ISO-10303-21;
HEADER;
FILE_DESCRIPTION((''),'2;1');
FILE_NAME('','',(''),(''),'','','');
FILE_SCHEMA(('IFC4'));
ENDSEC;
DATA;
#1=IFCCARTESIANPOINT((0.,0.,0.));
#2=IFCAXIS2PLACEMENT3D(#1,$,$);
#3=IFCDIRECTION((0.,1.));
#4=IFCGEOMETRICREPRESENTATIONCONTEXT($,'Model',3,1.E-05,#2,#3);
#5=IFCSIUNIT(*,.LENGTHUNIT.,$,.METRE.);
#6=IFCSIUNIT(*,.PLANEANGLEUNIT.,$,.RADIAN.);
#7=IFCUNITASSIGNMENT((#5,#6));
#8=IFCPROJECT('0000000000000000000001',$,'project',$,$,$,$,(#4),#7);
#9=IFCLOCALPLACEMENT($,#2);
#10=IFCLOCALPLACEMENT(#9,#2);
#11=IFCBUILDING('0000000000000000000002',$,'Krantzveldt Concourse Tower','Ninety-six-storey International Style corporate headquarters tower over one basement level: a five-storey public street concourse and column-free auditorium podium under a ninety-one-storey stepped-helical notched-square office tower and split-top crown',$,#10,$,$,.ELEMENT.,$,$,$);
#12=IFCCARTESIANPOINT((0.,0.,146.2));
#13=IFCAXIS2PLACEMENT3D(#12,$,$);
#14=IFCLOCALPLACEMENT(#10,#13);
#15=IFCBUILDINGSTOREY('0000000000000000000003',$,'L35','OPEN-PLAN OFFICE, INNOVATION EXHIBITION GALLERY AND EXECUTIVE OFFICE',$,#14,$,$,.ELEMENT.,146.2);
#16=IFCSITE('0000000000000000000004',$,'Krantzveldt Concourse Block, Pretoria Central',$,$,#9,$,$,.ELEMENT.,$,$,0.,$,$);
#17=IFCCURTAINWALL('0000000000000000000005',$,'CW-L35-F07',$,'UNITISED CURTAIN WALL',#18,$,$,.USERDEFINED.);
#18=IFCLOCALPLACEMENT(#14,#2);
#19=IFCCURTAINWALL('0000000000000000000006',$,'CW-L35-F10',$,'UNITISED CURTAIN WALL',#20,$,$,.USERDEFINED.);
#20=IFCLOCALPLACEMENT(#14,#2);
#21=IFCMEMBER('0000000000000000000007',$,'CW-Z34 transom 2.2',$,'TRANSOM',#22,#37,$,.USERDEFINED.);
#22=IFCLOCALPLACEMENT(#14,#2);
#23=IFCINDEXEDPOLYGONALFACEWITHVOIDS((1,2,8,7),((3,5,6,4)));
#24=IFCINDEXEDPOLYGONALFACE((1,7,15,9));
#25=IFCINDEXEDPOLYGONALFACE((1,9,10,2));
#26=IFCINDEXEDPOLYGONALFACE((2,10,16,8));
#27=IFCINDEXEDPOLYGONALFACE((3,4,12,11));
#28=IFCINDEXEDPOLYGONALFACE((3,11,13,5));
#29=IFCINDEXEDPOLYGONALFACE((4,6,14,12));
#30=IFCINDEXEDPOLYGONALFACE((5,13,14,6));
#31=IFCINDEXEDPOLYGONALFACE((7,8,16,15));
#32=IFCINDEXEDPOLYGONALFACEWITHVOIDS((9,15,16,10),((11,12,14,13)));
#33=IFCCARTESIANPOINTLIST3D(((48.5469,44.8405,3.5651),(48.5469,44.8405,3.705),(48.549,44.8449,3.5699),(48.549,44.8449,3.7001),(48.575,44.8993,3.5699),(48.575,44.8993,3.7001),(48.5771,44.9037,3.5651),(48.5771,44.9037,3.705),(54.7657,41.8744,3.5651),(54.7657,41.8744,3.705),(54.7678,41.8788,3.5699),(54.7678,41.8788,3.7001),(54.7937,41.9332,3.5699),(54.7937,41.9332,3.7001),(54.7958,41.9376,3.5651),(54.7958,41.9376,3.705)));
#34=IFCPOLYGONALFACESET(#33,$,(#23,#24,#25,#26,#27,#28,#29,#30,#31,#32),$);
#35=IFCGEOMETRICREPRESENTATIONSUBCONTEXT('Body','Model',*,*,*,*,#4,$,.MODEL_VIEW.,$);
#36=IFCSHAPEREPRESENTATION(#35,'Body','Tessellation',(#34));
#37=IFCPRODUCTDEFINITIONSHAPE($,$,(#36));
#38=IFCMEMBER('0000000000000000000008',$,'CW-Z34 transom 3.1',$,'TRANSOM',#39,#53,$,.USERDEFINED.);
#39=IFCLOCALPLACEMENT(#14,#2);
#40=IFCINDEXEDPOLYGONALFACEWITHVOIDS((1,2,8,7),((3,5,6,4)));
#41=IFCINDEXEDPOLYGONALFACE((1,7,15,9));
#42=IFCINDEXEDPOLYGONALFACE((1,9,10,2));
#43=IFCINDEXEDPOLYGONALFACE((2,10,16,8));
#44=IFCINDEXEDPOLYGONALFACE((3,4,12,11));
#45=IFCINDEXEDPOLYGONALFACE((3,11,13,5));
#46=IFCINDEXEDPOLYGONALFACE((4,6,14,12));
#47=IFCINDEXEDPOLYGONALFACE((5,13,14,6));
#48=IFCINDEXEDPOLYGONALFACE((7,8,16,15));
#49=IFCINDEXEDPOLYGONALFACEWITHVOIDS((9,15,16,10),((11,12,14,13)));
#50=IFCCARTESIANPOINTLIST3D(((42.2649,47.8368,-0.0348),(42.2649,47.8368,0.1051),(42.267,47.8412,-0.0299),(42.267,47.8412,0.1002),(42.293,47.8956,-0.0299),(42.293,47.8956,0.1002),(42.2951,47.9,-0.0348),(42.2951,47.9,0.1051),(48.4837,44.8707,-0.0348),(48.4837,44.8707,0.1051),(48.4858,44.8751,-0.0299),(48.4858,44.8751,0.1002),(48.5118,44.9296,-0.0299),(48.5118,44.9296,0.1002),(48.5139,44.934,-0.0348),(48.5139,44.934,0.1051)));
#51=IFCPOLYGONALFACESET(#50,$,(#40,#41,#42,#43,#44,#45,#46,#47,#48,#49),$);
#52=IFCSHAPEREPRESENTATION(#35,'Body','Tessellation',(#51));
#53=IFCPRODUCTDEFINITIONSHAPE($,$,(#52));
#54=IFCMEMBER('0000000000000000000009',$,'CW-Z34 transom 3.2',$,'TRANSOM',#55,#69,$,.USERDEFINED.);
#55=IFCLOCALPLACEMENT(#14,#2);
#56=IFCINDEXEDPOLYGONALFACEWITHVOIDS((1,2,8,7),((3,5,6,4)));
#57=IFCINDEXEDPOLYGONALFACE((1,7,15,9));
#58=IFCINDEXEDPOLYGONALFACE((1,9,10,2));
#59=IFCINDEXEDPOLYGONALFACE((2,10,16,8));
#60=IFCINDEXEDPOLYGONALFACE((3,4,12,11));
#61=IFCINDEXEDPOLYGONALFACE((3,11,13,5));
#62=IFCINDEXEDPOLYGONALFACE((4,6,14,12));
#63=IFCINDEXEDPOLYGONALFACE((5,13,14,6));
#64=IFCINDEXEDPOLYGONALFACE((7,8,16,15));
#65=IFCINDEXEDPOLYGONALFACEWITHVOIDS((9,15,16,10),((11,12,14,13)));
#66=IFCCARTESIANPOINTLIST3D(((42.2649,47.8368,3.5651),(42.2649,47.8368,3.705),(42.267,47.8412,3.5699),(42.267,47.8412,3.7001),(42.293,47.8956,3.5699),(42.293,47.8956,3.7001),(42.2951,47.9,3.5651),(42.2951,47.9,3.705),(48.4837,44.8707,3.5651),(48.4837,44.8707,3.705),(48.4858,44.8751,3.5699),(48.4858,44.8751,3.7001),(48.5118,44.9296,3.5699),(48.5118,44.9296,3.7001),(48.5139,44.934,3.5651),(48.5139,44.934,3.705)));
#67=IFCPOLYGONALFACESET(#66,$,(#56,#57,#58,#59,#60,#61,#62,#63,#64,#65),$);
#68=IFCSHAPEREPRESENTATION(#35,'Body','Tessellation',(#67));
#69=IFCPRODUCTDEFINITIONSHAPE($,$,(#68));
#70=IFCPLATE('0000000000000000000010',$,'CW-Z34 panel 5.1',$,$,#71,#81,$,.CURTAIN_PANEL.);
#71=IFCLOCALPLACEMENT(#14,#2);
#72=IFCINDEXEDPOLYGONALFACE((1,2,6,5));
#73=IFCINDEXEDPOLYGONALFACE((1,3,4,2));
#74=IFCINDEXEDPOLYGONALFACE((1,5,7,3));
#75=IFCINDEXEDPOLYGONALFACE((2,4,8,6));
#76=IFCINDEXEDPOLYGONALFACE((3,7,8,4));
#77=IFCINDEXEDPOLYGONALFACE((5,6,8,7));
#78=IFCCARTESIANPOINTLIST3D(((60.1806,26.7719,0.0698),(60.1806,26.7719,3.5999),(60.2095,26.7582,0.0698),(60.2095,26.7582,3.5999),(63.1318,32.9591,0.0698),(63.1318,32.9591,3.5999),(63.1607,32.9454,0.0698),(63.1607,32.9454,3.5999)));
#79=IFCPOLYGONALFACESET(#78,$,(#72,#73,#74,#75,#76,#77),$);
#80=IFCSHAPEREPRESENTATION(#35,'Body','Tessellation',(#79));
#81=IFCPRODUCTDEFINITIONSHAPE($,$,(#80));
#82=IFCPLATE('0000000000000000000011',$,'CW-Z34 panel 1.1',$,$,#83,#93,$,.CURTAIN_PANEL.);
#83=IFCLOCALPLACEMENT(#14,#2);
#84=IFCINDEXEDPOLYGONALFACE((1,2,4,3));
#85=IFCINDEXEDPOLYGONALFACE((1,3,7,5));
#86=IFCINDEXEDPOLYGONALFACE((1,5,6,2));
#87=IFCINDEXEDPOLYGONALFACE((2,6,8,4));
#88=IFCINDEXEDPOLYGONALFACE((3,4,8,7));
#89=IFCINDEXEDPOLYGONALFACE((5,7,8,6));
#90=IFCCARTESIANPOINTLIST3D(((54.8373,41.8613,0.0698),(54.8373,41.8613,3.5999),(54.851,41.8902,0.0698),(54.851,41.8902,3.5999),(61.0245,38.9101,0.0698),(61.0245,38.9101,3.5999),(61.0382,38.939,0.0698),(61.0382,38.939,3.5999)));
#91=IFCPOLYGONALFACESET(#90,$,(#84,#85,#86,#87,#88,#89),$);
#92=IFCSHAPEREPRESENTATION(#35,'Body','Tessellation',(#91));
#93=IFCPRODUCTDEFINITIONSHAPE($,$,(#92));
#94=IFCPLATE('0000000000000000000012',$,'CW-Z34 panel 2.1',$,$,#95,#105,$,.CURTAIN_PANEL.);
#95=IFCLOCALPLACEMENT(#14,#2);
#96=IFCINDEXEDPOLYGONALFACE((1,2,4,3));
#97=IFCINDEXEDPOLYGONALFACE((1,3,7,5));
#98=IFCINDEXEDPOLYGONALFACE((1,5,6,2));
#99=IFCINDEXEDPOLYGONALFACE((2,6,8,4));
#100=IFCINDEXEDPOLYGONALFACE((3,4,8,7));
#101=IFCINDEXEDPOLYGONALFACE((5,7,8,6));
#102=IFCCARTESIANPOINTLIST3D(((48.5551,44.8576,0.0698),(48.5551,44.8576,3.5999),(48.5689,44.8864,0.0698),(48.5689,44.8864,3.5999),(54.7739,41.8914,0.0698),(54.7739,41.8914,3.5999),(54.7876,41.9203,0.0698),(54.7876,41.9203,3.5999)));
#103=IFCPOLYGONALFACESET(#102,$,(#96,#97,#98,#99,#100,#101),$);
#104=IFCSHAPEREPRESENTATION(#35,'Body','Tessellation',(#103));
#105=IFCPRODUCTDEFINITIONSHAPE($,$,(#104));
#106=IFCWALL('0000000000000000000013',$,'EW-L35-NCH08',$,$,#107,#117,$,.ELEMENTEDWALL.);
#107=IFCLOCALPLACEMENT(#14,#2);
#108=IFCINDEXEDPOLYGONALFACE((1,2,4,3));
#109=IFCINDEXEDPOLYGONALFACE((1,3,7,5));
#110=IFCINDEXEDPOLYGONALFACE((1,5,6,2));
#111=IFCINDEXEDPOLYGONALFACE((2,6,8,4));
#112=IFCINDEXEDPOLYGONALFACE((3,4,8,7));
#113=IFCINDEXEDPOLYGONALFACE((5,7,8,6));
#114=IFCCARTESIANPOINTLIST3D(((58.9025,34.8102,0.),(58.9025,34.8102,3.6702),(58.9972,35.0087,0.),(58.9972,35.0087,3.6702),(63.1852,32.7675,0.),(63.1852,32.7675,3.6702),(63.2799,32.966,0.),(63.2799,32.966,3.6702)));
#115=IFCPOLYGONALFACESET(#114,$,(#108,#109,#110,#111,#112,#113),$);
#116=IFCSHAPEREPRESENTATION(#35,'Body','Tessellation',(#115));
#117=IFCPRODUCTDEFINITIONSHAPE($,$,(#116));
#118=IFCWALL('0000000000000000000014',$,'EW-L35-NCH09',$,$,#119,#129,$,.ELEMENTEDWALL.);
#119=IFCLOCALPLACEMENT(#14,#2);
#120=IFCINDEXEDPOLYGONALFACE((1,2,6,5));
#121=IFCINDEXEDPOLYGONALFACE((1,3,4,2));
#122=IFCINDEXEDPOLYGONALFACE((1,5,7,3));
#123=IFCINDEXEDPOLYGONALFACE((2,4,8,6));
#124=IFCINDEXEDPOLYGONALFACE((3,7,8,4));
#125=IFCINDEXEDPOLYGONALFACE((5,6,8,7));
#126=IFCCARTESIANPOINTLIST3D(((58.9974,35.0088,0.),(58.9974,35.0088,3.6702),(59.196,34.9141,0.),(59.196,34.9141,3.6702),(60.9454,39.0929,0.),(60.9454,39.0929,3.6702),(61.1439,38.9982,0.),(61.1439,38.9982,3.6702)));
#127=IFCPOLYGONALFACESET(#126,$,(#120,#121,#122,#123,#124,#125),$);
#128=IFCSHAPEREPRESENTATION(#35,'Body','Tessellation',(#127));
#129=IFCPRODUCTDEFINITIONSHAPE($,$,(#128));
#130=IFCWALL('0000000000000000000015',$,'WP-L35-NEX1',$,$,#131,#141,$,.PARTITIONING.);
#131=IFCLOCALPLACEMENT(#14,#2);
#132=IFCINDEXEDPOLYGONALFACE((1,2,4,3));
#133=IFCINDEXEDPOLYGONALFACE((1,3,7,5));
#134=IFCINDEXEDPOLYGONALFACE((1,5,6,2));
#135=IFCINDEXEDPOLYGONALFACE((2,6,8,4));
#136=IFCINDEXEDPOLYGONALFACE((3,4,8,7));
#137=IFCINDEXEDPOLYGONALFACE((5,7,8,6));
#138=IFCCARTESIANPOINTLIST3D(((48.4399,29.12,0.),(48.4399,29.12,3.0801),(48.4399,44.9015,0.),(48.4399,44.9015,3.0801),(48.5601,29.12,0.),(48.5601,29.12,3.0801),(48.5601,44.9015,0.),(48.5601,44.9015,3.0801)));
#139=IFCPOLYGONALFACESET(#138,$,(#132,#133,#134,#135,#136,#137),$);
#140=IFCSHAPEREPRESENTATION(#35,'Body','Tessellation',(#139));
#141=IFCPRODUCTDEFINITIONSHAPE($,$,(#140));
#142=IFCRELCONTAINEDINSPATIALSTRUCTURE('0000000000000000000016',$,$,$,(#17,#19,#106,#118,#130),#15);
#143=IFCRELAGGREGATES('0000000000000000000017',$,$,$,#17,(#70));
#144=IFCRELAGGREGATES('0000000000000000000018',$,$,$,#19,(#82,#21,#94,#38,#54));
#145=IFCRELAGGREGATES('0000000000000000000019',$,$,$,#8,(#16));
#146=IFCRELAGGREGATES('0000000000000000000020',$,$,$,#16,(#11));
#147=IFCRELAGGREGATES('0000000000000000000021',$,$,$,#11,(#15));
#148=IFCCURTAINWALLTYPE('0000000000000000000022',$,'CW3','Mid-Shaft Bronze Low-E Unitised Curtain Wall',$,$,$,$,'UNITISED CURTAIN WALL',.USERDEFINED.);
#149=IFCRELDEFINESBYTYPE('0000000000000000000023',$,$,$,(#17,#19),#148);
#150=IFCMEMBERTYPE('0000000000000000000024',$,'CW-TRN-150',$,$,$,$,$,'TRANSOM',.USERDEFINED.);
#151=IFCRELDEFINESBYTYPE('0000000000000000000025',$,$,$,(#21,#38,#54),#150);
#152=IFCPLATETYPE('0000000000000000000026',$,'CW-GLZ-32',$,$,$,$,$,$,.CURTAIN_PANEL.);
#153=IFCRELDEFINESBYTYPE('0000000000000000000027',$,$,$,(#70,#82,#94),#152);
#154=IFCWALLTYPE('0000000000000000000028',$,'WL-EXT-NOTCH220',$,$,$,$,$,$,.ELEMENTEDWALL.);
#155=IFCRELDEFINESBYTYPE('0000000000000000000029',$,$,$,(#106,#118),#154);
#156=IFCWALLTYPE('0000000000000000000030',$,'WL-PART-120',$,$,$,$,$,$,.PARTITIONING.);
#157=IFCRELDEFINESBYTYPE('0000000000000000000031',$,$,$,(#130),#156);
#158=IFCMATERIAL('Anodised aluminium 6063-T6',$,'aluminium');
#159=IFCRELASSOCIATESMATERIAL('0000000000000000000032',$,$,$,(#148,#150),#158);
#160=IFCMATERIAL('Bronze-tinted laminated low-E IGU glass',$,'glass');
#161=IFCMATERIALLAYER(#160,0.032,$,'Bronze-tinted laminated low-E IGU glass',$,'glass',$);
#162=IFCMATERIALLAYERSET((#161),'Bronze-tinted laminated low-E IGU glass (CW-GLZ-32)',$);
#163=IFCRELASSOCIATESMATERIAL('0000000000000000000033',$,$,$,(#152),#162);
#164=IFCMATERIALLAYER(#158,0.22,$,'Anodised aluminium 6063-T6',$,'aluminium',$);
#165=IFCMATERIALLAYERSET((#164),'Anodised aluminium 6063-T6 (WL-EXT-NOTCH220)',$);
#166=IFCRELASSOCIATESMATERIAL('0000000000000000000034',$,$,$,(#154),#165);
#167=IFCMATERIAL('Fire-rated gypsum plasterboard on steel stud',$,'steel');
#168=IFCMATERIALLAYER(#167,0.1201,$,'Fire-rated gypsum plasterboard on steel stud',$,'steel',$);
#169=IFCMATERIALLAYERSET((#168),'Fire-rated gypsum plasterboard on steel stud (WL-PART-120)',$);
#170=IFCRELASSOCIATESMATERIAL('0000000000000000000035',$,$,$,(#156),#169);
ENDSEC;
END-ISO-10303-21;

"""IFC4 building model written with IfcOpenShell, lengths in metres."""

from ifc_helpers import new_model, si_unit, direction, frame, frame_2d, origin, origin_2d, place, context, subcontext, project, spatial, rectangle, hollow_rectangle, extrude, source, transform, mapped, material, layer, layer_set, material_profile, profile_set, type_object, type_shapes, element, aggregate, save


model = new_model("IFC4")

# Units and contexts
model_context = context("Model", 3, precision=1e-05, world=origin(), true_north=direction((0.0, 1.0)))
body_context = subcontext(model_context, "Body", "Model", "MODEL_VIEW")
ifc_project = project(units=[si_unit("LENGTHUNIT", "METRE"), si_unit("PLANEANGLEUNIT", "RADIAN")], contexts=[model_context])

# Site, building, storey
site_placement = place(None, origin())
site = spatial("IfcSite", under=ifc_project, at=site_placement, Name="Krantzveldt Concourse Block, Pretoria Central", CompositionType="ELEMENT", RefElevation=0.0)
building_placement = place(site_placement, origin())
building = spatial("IfcBuilding", under=site, at=building_placement, Name="Krantzveldt Concourse Tower", Description="Ninety-six-storey International Style corporate headquarters tower over one basement level: a five-storey public street concourse and column-free auditorium podium under a ninety-one-storey stepped-helical notched-square office tower and split-top crown", CompositionType="ELEMENT")
storey_placement = place(building_placement, frame((0.0, 0.0, 146.2)))
storey = spatial("IfcBuildingStorey", under=building, at=storey_placement, Name="L35", Description="OPEN-PLAN OFFICE, INNOVATION EXHIBITION GALLERY AND EXECUTIVE OFFICE", CompositionType="ELEMENT", Elevation=146.2)

# Curtain walls
ifc_material_1 = material(Name="Anodised aluminium 6063-T6", Category="aluminium")
curtain_wall_type = type_object("IfcCurtainWallType", Name="CW3", Description="Mid-Shaft Bronze Low-E Unitised Curtain Wall", ElementType="UNITISED CURTAIN WALL", PredefinedType="USERDEFINED", material=ifc_material_1)
curtain_wall_1_placement = place(storey_placement, origin())
curtain_wall_1 = element("IfcCurtainWall", 1, at=curtain_wall_1_placement, inside=storey, type_object=curtain_wall_type, Name="CW-L35-F07", ObjectType="UNITISED CURTAIN WALL", PredefinedType="USERDEFINED")
curtain_wall_2_placement = place(storey_placement, origin())
curtain_wall_2 = element("IfcCurtainWall", 2, at=curtain_wall_2_placement, inside=storey, type_object=curtain_wall_type, Name="CW-L35-F10", ObjectType="UNITISED CURTAIN WALL", PredefinedType="USERDEFINED")

# Members
ifc_material_profile_1 = material_profile(ifc_material_1, hollow_rectangle(XDim=0.0701, YDim=0.1399, WallThickness=0.0049, at=origin_2d()), Name="Anodised aluminium 6063-T6", Category="aluminium")
ifc_profile_set_1 = profile_set([ifc_material_profile_1], Name="Anodised aluminium 6063-T6 - ALU-TRAN 140x70x5")
member_type_1 = type_object("IfcMemberType", Name="CW-TRN-150", ElementType="TRANSOM", PredefinedType="USERDEFINED", material=ifc_profile_set_1)
shared_shape_1 = source(origin(), body_context, "Body", "SweptSolid", [
    extrude(hollow_rectangle(XDim=0.0701, YDim=0.1399, WallThickness=0.0049, at=origin_2d()), origin(), (0.0, 0.0, 1.0), 6.8899),
])
member_1_placement = place(storey_placement, frame((54.7808, 41.906, 3.635), z_axis=(-0.902592, 0.430496, 0.0), x_axis=(-0.430496, -0.902592, 0.0)))
member_1 = element("IfcMember", 3, at=member_1_placement, type_object=member_type_1, Name="CW-Z34 transom 2.2", ObjectType="TRANSOM", PredefinedType="USERDEFINED", context=body_context, shape_type="MappedRepresentation", body=[
    mapped(shared_shape_1, transform((0.0, 0.0, 0.0), x_axis=(1.0, 0.0, 0.0), y_axis=(0.0, 1.0, 0.0), z_axis=(0.0, 0.0, 1.0), scale=1.0)),
])
member_2_placement = place(storey_placement, frame((48.4988, 44.9023, 0.0352), z_axis=(-0.902592, 0.430496, 0.0), x_axis=(-0.430496, -0.902592, 0.0)))
member_2 = element("IfcMember", 4, at=member_2_placement, type_object=member_type_1, Name="CW-Z34 transom 3.1", ObjectType="TRANSOM", PredefinedType="USERDEFINED", context=body_context, shape_type="MappedRepresentation", body=[
    mapped(shared_shape_1, transform((0.0, 0.0, 0.0), x_axis=(1.0, 0.0, 0.0), y_axis=(0.0, 1.0, 0.0), z_axis=(0.0, 0.0, 1.0), scale=1.0)),
])
member_3_placement = place(storey_placement, frame((48.4988, 44.9023, 3.635), z_axis=(-0.902592, 0.430496, 0.0), x_axis=(-0.430496, -0.902592, 0.0)))
member_3 = element("IfcMember", 5, at=member_3_placement, type_object=member_type_1, Name="CW-Z34 transom 3.2", ObjectType="TRANSOM", PredefinedType="USERDEFINED", context=body_context, shape_type="MappedRepresentation", body=[
    mapped(shared_shape_1, transform((0.0, 0.0, 0.0), x_axis=(1.0, 0.0, 0.0), y_axis=(0.0, 1.0, 0.0), z_axis=(0.0, 0.0, 1.0), scale=1.0)),
])

# Plates
ifc_material_2 = material(Name="Bronze-tinted laminated low-E IGU glass", Category="glass")
ifc_layer_1 = layer(ifc_material_2, 0.032, Name="Bronze-tinted laminated low-E IGU glass", Category="glass")
ifc_layer_set_1 = layer_set([ifc_layer_1], Name="Bronze-tinted laminated low-E IGU glass (CW-GLZ-32)")
plate_type = type_object("IfcPlateType", Name="CW-GLZ-32", PredefinedType="CURTAIN_PANEL", material=ifc_layer_set_1)
shared_shape_2 = source(origin(), body_context, "Body", "SweptSolid", [
    extrude(rectangle(XDim=6.855, YDim=0.032, at=origin_2d()), origin(), (0.0, 0.0, 1.0), 3.53),
])
plate_1_placement = place(storey_placement, frame((61.6707, 29.8586, 0.0698), z_axis=(0.0, 0.0, 1.0), x_axis=(0.430511, 0.902585, 0.0)))
plate_1 = element("IfcPlate", 6, at=plate_1_placement, type_object=plate_type, Name="CW-Z34 panel 5.1", PredefinedType="CURTAIN_PANEL", context=body_context, shape_type="MappedRepresentation", body=[
    mapped(shared_shape_2, transform((0.0, 0.0, 0.0), x_axis=(1.0, 0.0, 0.0), y_axis=(0.0, 1.0, 0.0), z_axis=(0.0, 0.0, 1.0), scale=1.0)),
])
aggregate(curtain_wall_1, [plate_1])
plate_2_placement = place(storey_placement, frame((57.9377, 40.4001, 0.0698), z_axis=(0.0, 0.0, 1.0), x_axis=(-0.902585, 0.430511, 0.0)))
plate_2 = element("IfcPlate", 7, at=plate_2_placement, type_object=plate_type, Name="CW-Z34 panel 1.1", PredefinedType="CURTAIN_PANEL", context=body_context, shape_type="MappedRepresentation", body=[
    mapped(shared_shape_2, transform((0.0, 0.0, 0.0), x_axis=(1.0, 0.0, 0.0), y_axis=(0.0, 1.0, 0.0), z_axis=(0.0, 0.0, 1.0), scale=1.0)),
])
shared_shape_3 = source(origin(), body_context, "Body", "SweptSolid", [
    extrude(rectangle(XDim=6.8899, YDim=0.032, at=origin_2d()), origin(), (0.0, 0.0, 1.0), 3.53),
])
type_shapes(plate_type, [shared_shape_2, shared_shape_3])
plate_3_placement = place(storey_placement, frame((51.6714, 43.3889, 0.0698), z_axis=(0.0, 0.0, 1.0), x_axis=(-0.902585, 0.430511, 0.0)))
plate_3 = element("IfcPlate", 8, at=plate_3_placement, type_object=plate_type, Name="CW-Z34 panel 2.1", PredefinedType="CURTAIN_PANEL", context=body_context, shape_type="MappedRepresentation", body=[
    mapped(shared_shape_3, transform((0.0, 0.0, 0.0), x_axis=(1.0, 0.0, 0.0), y_axis=(0.0, 1.0, 0.0), z_axis=(0.0, 0.0, 1.0), scale=1.0)),
])
aggregate(curtain_wall_2, [plate_2, member_1, plate_3, member_2, member_3])

# Walls
ifc_layer_2 = layer(ifc_material_1, 0.22, Name="Anodised aluminium 6063-T6", Category="aluminium")
ifc_layer_set_2 = layer_set([ifc_layer_2], Name="Anodised aluminium 6063-T6 (WL-EXT-NOTCH220)")
wall_type_1 = type_object("IfcWallType", Name="WL-EXT-NOTCH220", PredefinedType="ELEMENTEDWALL", material=ifc_layer_set_2)
wall_1_placement = place(storey_placement, frame((63.2327, 32.8667, 0.0), z_axis=(0.0, 0.0, 1.0), x_axis=(-0.902587, 0.430507, 0.0)))
element("IfcWall", 9, at=wall_1_placement, inside=storey, type_object=wall_type_1, Name="EW-L35-NCH08", PredefinedType="ELEMENTEDWALL", context=body_context, shape_type="SweptSolid", body=[
    extrude(rectangle(XDim=4.7449, YDim=0.22, at=frame_2d((2.3726, 0.0))), origin(), (0.0, 0.0, 1.0), 3.6702),
])
wall_2_placement = place(storey_placement, frame((59.0967, 34.9614, 0.0), z_axis=(0.0, 0.0, 1.0), x_axis=(0.430497, 0.902592, 0.0)))
element("IfcWall", 10, at=wall_2_placement, inside=storey, type_object=wall_type_1, Name="EW-L35-NCH09", PredefinedType="ELEMENTEDWALL", context=body_context, shape_type="SweptSolid", body=[
    extrude(rectangle(XDim=4.5249, YDim=0.22, at=frame_2d((2.2625, 0.0))), origin(), (0.0, 0.0, 1.0), 3.6702),
])
ifc_material_3 = material(Name="Fire-rated gypsum plasterboard on steel stud", Category="steel")
ifc_layer_3 = layer(ifc_material_3, 0.1201, Name="Fire-rated gypsum plasterboard on steel stud", Category="steel")
ifc_layer_set_3 = layer_set([ifc_layer_3], Name="Fire-rated gypsum plasterboard on steel stud (WL-PART-120)")
wall_type_2 = type_object("IfcWallType", Name="WL-PART-120", PredefinedType="PARTITIONING", material=ifc_layer_set_3)
wall_3_placement = place(storey_placement, frame((48.5, 29.1201, 0.0), z_axis=(0.0, 0.0, 1.0), x_axis=(0.0, 1.0, 0.0)))
element("IfcWall", 11, at=wall_3_placement, inside=storey, type_object=wall_type_2, Name="WP-L35-NEX1", PredefinedType="PARTITIONING", context=body_context, shape_type="SweptSolid", body=[
    extrude(rectangle(XDim=15.7815, YDim=0.1201, at=frame_2d((7.8906, 0.0))), origin(), (0.0, 0.0, 1.0), 3.0801),
])

save(model, "model.ifc")
